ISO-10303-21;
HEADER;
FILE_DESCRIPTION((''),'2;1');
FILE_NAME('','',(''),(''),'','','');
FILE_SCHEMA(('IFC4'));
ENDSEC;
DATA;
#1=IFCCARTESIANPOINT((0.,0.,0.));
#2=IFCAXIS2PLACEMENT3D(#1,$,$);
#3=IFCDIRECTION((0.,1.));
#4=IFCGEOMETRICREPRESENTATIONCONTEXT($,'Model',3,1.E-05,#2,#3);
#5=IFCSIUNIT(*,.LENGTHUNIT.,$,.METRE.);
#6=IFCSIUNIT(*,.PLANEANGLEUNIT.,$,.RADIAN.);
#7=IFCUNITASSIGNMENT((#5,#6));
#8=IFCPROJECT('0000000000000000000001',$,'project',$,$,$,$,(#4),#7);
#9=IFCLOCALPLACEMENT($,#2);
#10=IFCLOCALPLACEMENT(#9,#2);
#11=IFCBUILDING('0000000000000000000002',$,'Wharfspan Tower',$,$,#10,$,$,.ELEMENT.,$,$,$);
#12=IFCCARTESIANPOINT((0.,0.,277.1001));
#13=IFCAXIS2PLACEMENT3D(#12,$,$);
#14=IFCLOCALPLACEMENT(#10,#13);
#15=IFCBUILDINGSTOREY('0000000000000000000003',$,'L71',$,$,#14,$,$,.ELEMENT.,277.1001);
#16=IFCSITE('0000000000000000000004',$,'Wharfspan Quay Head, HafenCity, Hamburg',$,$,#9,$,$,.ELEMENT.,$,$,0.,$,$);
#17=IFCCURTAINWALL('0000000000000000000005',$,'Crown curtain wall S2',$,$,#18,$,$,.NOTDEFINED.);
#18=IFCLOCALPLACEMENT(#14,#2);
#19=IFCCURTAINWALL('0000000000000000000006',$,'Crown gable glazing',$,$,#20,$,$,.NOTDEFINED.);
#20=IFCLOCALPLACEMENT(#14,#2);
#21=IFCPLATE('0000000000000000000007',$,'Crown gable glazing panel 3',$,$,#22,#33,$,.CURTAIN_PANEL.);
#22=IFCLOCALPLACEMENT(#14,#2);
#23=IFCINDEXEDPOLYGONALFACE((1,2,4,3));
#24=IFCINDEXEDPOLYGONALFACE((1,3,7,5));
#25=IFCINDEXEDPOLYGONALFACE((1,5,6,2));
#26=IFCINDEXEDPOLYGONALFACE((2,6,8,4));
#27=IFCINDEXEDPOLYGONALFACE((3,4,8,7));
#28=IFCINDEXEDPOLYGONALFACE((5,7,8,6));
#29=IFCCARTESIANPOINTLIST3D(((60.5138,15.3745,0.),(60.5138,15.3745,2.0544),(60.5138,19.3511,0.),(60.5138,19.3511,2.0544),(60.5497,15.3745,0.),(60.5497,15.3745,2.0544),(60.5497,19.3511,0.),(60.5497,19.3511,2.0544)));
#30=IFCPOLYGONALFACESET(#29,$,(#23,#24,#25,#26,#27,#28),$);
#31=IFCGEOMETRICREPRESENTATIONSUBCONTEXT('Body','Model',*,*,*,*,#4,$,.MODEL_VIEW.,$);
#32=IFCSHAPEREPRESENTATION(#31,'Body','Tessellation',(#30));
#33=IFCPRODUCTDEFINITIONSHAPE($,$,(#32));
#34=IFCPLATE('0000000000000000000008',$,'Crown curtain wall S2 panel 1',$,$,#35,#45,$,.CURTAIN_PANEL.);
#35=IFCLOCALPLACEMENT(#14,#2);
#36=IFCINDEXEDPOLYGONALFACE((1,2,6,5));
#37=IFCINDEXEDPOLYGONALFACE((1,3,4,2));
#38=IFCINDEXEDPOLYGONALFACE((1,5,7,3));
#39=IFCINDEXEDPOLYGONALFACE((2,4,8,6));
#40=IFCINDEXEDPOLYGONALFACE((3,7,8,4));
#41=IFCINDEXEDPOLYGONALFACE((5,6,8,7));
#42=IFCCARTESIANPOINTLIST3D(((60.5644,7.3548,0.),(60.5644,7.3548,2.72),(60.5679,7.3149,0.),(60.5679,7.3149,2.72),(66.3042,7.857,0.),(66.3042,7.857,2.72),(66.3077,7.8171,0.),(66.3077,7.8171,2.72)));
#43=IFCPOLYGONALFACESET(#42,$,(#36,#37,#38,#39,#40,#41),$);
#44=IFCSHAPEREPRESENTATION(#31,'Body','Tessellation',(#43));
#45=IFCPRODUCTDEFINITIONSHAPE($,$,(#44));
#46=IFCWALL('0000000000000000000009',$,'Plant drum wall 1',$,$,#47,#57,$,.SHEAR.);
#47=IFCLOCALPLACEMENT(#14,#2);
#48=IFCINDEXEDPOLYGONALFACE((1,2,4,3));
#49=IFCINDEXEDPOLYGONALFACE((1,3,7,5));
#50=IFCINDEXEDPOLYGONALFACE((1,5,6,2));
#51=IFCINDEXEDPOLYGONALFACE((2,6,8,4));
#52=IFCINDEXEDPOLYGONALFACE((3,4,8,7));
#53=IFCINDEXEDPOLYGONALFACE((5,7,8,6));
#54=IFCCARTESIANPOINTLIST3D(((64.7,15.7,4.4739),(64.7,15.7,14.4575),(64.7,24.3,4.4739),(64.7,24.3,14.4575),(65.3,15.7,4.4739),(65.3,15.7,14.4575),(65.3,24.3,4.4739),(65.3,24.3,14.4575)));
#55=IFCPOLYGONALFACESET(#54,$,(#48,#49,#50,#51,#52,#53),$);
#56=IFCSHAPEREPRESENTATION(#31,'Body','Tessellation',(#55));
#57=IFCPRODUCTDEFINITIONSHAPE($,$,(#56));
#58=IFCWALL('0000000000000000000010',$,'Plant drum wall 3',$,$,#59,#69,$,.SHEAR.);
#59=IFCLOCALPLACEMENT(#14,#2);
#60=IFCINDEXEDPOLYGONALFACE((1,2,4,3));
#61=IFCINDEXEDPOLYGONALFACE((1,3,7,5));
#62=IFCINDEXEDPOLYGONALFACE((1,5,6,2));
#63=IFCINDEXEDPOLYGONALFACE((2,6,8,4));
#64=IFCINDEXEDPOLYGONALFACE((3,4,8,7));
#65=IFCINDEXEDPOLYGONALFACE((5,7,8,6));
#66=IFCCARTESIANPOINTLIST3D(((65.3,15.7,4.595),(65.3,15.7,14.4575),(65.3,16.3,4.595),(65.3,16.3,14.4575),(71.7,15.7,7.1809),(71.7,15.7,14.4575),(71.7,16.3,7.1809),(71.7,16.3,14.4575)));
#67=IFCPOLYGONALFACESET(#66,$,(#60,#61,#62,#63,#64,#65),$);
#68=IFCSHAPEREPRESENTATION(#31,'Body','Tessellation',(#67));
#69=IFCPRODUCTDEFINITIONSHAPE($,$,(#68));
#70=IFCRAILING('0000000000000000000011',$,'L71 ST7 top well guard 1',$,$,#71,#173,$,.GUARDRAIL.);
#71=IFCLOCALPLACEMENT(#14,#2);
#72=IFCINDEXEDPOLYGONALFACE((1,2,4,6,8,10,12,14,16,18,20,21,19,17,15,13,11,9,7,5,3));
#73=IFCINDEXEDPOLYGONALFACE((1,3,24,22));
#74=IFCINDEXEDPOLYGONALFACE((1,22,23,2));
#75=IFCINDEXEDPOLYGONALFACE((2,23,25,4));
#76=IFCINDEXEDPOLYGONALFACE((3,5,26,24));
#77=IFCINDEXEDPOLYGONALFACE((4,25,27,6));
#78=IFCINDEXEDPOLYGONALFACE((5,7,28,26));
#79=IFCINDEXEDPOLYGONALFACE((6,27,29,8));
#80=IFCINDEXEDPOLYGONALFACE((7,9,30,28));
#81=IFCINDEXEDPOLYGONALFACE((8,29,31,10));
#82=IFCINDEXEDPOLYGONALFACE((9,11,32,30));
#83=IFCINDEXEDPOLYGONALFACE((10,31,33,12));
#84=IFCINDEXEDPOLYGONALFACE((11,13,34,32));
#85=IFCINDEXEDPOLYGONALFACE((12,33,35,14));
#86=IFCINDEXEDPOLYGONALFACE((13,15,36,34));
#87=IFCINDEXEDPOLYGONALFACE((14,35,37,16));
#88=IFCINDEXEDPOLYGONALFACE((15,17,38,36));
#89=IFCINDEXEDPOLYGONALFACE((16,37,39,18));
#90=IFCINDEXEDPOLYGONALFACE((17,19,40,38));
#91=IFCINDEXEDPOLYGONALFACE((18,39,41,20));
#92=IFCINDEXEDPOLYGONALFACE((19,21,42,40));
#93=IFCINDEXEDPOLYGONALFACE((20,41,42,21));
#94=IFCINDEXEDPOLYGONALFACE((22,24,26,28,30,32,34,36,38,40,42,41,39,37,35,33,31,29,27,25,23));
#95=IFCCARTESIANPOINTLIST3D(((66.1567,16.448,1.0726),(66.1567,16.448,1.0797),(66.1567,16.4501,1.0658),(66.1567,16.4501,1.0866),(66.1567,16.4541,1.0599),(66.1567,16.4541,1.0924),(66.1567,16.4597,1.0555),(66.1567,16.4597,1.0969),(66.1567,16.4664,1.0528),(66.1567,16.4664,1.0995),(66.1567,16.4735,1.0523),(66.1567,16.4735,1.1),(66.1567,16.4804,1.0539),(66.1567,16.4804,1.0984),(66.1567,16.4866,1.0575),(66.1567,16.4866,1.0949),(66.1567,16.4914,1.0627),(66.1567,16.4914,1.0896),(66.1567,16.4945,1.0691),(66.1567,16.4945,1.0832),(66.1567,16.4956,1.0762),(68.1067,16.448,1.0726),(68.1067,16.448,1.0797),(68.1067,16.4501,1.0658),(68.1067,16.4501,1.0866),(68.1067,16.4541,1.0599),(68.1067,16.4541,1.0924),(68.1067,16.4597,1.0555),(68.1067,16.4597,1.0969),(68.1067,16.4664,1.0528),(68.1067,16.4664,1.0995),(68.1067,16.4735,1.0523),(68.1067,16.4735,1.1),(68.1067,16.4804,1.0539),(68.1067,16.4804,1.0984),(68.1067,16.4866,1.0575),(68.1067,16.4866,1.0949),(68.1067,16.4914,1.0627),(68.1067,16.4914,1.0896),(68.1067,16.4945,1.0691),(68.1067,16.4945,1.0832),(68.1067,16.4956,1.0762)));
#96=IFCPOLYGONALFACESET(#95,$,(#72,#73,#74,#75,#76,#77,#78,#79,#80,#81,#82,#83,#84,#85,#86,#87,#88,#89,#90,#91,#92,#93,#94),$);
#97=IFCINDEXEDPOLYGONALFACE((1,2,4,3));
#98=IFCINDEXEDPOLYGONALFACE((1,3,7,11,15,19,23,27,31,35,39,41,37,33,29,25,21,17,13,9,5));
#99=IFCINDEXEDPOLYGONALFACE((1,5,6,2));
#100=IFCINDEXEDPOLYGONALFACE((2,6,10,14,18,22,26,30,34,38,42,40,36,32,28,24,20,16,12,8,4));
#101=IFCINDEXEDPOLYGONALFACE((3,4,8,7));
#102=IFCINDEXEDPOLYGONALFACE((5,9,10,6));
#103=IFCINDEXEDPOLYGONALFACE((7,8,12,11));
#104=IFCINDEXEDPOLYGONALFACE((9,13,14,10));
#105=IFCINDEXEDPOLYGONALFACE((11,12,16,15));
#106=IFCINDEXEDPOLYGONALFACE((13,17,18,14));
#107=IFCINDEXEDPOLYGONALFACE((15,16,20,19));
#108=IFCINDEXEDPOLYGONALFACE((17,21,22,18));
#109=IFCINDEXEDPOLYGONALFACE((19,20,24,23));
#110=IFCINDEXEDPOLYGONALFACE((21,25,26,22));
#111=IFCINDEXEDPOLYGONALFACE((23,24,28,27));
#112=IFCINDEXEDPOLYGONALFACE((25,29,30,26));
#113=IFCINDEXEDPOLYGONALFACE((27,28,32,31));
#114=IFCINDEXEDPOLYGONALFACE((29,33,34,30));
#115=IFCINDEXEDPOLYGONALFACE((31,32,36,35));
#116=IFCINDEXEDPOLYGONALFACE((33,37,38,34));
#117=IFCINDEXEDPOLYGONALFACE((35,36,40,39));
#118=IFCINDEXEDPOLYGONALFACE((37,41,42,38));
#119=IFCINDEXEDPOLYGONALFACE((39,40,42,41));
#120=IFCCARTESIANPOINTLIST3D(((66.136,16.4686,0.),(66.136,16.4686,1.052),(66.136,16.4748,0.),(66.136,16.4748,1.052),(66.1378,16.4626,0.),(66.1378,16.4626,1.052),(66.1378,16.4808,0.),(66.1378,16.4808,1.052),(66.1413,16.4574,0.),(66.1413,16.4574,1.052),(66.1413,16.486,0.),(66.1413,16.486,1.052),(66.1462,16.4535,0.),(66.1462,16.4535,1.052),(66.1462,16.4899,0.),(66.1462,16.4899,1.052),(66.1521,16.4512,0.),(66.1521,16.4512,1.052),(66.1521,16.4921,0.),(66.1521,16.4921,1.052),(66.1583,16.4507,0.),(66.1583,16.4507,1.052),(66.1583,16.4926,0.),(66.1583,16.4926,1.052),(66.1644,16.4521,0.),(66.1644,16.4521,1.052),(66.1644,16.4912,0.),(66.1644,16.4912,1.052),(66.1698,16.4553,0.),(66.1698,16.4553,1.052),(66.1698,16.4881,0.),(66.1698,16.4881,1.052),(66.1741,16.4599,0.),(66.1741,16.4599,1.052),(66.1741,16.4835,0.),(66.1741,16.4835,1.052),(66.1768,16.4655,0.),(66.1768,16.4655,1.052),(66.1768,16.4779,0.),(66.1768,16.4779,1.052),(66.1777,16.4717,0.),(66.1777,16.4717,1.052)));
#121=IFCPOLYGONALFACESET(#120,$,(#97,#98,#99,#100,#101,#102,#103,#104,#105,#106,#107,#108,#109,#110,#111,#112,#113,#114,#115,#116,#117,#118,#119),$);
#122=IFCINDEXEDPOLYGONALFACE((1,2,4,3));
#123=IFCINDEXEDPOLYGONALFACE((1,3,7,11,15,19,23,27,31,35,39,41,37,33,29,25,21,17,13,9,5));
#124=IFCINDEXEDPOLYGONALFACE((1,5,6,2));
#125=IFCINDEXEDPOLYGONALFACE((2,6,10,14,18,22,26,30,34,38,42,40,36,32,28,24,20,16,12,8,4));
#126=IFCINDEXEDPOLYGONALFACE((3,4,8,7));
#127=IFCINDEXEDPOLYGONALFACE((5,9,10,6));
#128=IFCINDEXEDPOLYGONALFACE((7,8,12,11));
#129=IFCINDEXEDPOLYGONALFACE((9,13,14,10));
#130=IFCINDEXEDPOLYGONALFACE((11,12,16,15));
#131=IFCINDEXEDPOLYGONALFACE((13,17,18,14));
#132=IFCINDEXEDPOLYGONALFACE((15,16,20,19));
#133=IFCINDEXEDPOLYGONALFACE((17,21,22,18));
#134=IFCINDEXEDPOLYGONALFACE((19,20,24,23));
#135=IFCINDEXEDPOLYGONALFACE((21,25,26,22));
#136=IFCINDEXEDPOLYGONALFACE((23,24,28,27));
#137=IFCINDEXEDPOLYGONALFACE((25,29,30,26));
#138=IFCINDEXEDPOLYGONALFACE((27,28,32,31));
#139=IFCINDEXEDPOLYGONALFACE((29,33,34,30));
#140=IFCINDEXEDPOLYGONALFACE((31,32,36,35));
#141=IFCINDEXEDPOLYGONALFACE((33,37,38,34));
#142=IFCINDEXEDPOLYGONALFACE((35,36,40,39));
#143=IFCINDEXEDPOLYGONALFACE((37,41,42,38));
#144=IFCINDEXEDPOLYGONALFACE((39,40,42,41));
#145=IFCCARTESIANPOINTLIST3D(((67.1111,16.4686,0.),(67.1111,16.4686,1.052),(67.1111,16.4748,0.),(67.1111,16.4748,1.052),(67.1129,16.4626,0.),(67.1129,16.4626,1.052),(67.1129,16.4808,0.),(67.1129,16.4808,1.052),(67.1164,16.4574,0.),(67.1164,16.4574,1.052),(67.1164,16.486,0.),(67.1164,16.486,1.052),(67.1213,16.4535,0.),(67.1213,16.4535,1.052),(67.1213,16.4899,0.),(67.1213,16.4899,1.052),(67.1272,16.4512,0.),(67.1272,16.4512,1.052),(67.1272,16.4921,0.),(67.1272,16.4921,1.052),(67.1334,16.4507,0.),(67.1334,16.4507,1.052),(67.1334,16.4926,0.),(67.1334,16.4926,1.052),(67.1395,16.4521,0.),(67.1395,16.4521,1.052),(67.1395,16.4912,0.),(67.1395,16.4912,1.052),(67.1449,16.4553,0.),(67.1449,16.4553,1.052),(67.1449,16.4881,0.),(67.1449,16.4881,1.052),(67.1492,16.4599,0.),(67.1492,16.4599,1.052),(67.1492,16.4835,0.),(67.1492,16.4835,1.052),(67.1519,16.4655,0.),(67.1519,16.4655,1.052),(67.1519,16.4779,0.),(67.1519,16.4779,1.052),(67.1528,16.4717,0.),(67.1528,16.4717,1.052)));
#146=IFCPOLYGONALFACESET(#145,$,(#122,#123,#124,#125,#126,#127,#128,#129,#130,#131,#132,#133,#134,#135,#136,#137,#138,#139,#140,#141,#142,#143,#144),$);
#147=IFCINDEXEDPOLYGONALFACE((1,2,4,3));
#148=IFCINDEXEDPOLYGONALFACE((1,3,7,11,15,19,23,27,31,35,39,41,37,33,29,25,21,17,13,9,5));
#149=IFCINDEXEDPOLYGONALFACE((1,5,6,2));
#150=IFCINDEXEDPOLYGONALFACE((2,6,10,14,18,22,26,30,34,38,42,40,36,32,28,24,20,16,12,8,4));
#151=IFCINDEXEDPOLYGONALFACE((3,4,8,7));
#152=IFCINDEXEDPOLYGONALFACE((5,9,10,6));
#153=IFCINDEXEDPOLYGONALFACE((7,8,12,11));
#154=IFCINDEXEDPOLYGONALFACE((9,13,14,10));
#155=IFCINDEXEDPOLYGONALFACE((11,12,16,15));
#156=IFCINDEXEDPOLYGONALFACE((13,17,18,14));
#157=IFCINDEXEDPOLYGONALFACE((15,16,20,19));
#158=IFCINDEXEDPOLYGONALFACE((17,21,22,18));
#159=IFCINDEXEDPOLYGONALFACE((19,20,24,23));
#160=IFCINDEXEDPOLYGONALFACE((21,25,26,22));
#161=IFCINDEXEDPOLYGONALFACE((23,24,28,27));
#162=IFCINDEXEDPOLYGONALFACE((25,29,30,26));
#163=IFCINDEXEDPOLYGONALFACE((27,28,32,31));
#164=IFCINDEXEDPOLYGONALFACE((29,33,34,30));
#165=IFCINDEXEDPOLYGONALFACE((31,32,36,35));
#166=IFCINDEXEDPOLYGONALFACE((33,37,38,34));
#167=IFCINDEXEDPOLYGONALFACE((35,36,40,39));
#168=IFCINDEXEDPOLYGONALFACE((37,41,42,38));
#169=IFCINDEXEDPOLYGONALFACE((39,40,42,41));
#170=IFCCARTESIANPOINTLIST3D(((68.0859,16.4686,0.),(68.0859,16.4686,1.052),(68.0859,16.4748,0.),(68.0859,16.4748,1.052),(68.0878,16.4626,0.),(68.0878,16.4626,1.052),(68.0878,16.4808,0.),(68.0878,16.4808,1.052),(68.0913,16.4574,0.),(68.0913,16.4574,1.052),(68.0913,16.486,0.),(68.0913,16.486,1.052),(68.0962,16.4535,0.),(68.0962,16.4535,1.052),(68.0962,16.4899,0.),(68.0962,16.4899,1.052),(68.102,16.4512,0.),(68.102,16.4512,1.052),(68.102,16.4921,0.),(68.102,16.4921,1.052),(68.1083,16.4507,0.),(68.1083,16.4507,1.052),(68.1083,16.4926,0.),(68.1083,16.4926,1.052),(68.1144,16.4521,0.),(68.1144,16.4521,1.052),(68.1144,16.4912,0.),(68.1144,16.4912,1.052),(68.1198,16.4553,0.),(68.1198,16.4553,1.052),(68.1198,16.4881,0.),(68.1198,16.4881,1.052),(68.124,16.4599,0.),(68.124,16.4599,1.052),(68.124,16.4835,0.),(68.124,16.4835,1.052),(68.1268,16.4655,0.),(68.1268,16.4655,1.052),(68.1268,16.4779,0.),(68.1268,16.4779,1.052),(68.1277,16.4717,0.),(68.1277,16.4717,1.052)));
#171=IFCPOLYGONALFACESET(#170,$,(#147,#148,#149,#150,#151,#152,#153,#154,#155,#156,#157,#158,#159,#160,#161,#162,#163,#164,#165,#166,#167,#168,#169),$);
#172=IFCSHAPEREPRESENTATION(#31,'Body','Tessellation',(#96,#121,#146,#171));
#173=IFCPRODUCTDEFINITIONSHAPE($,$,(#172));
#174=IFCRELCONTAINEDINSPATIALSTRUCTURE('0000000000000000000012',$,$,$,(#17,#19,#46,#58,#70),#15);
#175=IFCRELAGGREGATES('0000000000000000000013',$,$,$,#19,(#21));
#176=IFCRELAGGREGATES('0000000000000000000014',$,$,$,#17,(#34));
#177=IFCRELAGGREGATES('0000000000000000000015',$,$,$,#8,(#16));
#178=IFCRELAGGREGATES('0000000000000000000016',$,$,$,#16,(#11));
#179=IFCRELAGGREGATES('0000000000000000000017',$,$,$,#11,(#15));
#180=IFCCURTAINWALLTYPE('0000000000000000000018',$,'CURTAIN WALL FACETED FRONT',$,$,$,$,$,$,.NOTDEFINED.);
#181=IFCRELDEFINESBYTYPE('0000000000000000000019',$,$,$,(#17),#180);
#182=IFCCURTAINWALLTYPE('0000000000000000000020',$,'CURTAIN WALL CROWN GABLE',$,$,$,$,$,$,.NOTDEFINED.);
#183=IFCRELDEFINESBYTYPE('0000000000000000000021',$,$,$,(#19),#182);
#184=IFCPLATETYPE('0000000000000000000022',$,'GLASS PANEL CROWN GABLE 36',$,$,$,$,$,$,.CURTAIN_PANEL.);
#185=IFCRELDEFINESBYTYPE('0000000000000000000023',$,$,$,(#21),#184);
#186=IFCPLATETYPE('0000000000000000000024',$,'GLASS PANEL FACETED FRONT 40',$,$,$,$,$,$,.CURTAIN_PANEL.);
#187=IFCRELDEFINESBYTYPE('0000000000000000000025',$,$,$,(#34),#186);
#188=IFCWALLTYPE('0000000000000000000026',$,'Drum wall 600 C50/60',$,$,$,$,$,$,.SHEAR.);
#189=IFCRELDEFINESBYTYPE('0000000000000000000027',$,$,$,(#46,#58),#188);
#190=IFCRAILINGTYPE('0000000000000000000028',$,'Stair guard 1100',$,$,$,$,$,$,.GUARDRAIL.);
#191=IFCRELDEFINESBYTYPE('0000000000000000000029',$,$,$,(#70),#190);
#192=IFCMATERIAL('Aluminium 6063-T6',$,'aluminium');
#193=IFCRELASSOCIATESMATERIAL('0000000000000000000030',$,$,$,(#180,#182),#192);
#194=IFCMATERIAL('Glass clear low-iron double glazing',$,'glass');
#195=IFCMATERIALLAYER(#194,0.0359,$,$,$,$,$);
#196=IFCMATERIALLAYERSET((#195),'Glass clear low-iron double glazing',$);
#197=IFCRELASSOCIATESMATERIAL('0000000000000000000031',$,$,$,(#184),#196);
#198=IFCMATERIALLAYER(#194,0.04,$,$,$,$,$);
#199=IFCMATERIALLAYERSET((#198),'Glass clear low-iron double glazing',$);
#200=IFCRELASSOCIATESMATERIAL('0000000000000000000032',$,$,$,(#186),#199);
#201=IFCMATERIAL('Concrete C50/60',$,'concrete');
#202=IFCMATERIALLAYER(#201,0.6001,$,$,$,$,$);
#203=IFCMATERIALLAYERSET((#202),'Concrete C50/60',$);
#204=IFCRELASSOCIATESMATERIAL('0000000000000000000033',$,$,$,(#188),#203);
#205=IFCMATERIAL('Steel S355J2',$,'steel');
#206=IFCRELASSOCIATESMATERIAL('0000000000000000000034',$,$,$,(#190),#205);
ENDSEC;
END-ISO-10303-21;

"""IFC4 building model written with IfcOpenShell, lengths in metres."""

from ifc_helpers import new_model, si_unit, direction, frame, frame_2d, origin, origin_2d, place, context, subcontext, project, spatial, polyline, rectangle, circle, outline, extrude, material, layer, layer_set, type_object, element, aggregate, save


model = new_model("IFC4")

# Units and contexts
model_context = context("Model", 3, precision=1e-05, world=origin(), true_north=direction((0.0, 1.0)))
body_context = subcontext(model_context, "Body", "Model", "MODEL_VIEW")
ifc_project = project(units=[si_unit("LENGTHUNIT", "METRE"), si_unit("PLANEANGLEUNIT", "RADIAN")], contexts=[model_context])

# Site, building, storey
site_placement = place(None, origin())
site = spatial("IfcSite", under=ifc_project, at=site_placement, Name="Wharfspan Quay Head, HafenCity, Hamburg", CompositionType="ELEMENT", RefElevation=0.0)
building_placement = place(site_placement, origin())
building = spatial("IfcBuilding", under=site, at=building_placement, Name="Wharfspan Tower", CompositionType="ELEMENT")
storey_placement = place(building_placement, frame((0.0, 0.0, 277.1001)))
storey = spatial("IfcBuildingStorey", under=building, at=storey_placement, Name="L71", CompositionType="ELEMENT", Elevation=277.1001)

# Shared definitions
ifc_material_1 = material(Name="Steel S355J2", Category="steel")

# Curtain wall
ifc_material_2 = material(Name="Aluminium 6063-T6", Category="aluminium")
curtain_wall_type_1 = type_object("IfcCurtainWallType", Name="CURTAIN WALL FACETED FRONT", PredefinedType="NOTDEFINED", material=ifc_material_2)
curtain_wall_1_placement = place(storey_placement, origin())
curtain_wall_1 = element("IfcCurtainWall", 1, at=curtain_wall_1_placement, inside=storey, type_object=curtain_wall_type_1, Name="Crown curtain wall S2", PredefinedType="NOTDEFINED")

# Curtain wall
curtain_wall_type_2 = type_object("IfcCurtainWallType", Name="CURTAIN WALL CROWN GABLE", PredefinedType="NOTDEFINED", material=ifc_material_2)
curtain_wall_2_placement = place(storey_placement, origin())
curtain_wall_2 = element("IfcCurtainWall", 2, at=curtain_wall_2_placement, inside=storey, type_object=curtain_wall_type_2, Name="Crown gable glazing", PredefinedType="NOTDEFINED")

# Plates
ifc_material_3 = material(Name="Glass clear low-iron double glazing", Category="glass")
ifc_layer_1 = layer(ifc_material_3, 0.0359)
ifc_layer_set_1 = layer_set([ifc_layer_1], Name="Glass clear low-iron double glazing")
plate_type_1 = type_object("IfcPlateType", Name="GLASS PANEL CROWN GABLE 36", PredefinedType="CURTAIN_PANEL", material=ifc_layer_set_1)
plate_1_placement = place(storey_placement, frame((60.5317, 17.3628, 0.0), z_axis=(0.0, 0.0, 1.0), x_axis=(0.0, 1.0, 0.0)))
plate_1 = element("IfcPlate", 3, at=plate_1_placement, type_object=plate_type_1, Name="Crown gable glazing panel 3", PredefinedType="CURTAIN_PANEL", context=body_context, shape_type="SweptSolid", body=[
    extrude(rectangle(XDim=3.9766, YDim=0.0359, at=origin_2d()), origin(), (0.0, 0.0, 1.0), 2.0544),
])
aggregate(curtain_wall_2, [plate_1])
ifc_layer_2 = layer(ifc_material_3, 0.04)
ifc_layer_set_2 = layer_set([ifc_layer_2], Name="Glass clear low-iron double glazing")
plate_type_2 = type_object("IfcPlateType", Name="GLASS PANEL FACETED FRONT 40", PredefinedType="CURTAIN_PANEL", material=ifc_layer_set_2)
plate_2_placement = place(storey_placement, frame((63.436, 7.5859, 0.0), z_axis=(0.0, 0.0, 1.0), x_axis=(0.996198, 0.087156, 0.0)))
plate_2 = element("IfcPlate", 4, at=plate_2_placement, type_object=plate_type_2, Name="Crown curtain wall S2 panel 1", PredefinedType="CURTAIN_PANEL", context=body_context, shape_type="SweptSolid", body=[
    extrude(rectangle(XDim=5.7617, YDim=0.04, at=origin_2d()), origin(), (0.0, 0.0, 1.0), 2.72),
])
aggregate(curtain_wall_1, [plate_2])

# Walls
ifc_material_4 = material(Name="Concrete C50/60", Category="concrete")
ifc_layer_3 = layer(ifc_material_4, 0.6001)
ifc_layer_set_3 = layer_set([ifc_layer_3], Name="Concrete C50/60")
wall_type = type_object("IfcWallType", Name="Drum wall 600 C50/60", PredefinedType="SHEAR", material=ifc_layer_set_3)
wall_1_placement = place(storey_placement, frame((65.0, 15.7, 4.4739), z_axis=(0.0, 0.0, 1.0), x_axis=(0.0, 1.0, 0.0)))
element("IfcWall", 5, at=wall_1_placement, inside=storey, type_object=wall_type, Name="Plant drum wall 1", PredefinedType="SHEAR", context=body_context, shape_type="SweptSolid", body=[
    extrude(rectangle(XDim=8.6001, YDim=0.6001, at=frame_2d((4.3, 0.0))), origin(), (0.0, 0.0, 1.0), 9.9836),
])
wall_2_placement = place(storey_placement, frame((65.3, 16.0, 4.595), z_axis=(0.0, 0.0, 1.0), x_axis=(1.0, 0.0, 0.0)))
element("IfcWall", 6, at=wall_2_placement, inside=storey, type_object=wall_type, Name="Plant drum wall 3", PredefinedType="SHEAR", context=body_context, shape_type="SweptSolid", body=[
    extrude(outline(polyline([(0.0, 0.0), (6.3999, 2.5859), (6.3999, 9.8625), (0.0, 9.8625), (0.0, 0.0)])), frame((0.0, 0.3, 0.0), z_axis=(0.0, -1.0, 0.0), x_axis=(1.0, 0.0, 0.0)), (0.0, 0.0, 1.0), 0.6001),
])

# Railing
railing_type = type_object("IfcRailingType", Name="Stair guard 1100", PredefinedType="GUARDRAIL", material=ifc_material_1)
railing_1_placement = place(storey_placement, frame((66.1567, 16.4717, 0.0)))
element("IfcRailing", 7, at=railing_1_placement, inside=storey, type_object=railing_type, Name="L71 ST7 top well guard 1", PredefinedType="GUARDRAIL", context=body_context, shape_type="SweptSolid", body=[
    extrude(circle(Radius=0.0239, at=origin_2d()), frame((0.0, 0.0, 1.0762), z_axis=(1.0, 0.0, 0.0), x_axis=(0.0, 1.0, 0.0)), (0.0, 0.0, 1.0), 1.95),
    extrude(circle(Radius=0.021, at=origin_2d()), origin(), (0.0, 0.0, 1.0), 1.052),
    extrude(circle(Radius=0.021, at=origin_2d()), frame((0.9751, 0.0, 0.0)), (0.0, 0.0, 1.0), 1.052),
    extrude(circle(Radius=0.021, at=origin_2d()), frame((1.95, 0.0, 0.0)), (0.0, 0.0, 1.0), 1.052),
])

save(model, "model.ifc")
